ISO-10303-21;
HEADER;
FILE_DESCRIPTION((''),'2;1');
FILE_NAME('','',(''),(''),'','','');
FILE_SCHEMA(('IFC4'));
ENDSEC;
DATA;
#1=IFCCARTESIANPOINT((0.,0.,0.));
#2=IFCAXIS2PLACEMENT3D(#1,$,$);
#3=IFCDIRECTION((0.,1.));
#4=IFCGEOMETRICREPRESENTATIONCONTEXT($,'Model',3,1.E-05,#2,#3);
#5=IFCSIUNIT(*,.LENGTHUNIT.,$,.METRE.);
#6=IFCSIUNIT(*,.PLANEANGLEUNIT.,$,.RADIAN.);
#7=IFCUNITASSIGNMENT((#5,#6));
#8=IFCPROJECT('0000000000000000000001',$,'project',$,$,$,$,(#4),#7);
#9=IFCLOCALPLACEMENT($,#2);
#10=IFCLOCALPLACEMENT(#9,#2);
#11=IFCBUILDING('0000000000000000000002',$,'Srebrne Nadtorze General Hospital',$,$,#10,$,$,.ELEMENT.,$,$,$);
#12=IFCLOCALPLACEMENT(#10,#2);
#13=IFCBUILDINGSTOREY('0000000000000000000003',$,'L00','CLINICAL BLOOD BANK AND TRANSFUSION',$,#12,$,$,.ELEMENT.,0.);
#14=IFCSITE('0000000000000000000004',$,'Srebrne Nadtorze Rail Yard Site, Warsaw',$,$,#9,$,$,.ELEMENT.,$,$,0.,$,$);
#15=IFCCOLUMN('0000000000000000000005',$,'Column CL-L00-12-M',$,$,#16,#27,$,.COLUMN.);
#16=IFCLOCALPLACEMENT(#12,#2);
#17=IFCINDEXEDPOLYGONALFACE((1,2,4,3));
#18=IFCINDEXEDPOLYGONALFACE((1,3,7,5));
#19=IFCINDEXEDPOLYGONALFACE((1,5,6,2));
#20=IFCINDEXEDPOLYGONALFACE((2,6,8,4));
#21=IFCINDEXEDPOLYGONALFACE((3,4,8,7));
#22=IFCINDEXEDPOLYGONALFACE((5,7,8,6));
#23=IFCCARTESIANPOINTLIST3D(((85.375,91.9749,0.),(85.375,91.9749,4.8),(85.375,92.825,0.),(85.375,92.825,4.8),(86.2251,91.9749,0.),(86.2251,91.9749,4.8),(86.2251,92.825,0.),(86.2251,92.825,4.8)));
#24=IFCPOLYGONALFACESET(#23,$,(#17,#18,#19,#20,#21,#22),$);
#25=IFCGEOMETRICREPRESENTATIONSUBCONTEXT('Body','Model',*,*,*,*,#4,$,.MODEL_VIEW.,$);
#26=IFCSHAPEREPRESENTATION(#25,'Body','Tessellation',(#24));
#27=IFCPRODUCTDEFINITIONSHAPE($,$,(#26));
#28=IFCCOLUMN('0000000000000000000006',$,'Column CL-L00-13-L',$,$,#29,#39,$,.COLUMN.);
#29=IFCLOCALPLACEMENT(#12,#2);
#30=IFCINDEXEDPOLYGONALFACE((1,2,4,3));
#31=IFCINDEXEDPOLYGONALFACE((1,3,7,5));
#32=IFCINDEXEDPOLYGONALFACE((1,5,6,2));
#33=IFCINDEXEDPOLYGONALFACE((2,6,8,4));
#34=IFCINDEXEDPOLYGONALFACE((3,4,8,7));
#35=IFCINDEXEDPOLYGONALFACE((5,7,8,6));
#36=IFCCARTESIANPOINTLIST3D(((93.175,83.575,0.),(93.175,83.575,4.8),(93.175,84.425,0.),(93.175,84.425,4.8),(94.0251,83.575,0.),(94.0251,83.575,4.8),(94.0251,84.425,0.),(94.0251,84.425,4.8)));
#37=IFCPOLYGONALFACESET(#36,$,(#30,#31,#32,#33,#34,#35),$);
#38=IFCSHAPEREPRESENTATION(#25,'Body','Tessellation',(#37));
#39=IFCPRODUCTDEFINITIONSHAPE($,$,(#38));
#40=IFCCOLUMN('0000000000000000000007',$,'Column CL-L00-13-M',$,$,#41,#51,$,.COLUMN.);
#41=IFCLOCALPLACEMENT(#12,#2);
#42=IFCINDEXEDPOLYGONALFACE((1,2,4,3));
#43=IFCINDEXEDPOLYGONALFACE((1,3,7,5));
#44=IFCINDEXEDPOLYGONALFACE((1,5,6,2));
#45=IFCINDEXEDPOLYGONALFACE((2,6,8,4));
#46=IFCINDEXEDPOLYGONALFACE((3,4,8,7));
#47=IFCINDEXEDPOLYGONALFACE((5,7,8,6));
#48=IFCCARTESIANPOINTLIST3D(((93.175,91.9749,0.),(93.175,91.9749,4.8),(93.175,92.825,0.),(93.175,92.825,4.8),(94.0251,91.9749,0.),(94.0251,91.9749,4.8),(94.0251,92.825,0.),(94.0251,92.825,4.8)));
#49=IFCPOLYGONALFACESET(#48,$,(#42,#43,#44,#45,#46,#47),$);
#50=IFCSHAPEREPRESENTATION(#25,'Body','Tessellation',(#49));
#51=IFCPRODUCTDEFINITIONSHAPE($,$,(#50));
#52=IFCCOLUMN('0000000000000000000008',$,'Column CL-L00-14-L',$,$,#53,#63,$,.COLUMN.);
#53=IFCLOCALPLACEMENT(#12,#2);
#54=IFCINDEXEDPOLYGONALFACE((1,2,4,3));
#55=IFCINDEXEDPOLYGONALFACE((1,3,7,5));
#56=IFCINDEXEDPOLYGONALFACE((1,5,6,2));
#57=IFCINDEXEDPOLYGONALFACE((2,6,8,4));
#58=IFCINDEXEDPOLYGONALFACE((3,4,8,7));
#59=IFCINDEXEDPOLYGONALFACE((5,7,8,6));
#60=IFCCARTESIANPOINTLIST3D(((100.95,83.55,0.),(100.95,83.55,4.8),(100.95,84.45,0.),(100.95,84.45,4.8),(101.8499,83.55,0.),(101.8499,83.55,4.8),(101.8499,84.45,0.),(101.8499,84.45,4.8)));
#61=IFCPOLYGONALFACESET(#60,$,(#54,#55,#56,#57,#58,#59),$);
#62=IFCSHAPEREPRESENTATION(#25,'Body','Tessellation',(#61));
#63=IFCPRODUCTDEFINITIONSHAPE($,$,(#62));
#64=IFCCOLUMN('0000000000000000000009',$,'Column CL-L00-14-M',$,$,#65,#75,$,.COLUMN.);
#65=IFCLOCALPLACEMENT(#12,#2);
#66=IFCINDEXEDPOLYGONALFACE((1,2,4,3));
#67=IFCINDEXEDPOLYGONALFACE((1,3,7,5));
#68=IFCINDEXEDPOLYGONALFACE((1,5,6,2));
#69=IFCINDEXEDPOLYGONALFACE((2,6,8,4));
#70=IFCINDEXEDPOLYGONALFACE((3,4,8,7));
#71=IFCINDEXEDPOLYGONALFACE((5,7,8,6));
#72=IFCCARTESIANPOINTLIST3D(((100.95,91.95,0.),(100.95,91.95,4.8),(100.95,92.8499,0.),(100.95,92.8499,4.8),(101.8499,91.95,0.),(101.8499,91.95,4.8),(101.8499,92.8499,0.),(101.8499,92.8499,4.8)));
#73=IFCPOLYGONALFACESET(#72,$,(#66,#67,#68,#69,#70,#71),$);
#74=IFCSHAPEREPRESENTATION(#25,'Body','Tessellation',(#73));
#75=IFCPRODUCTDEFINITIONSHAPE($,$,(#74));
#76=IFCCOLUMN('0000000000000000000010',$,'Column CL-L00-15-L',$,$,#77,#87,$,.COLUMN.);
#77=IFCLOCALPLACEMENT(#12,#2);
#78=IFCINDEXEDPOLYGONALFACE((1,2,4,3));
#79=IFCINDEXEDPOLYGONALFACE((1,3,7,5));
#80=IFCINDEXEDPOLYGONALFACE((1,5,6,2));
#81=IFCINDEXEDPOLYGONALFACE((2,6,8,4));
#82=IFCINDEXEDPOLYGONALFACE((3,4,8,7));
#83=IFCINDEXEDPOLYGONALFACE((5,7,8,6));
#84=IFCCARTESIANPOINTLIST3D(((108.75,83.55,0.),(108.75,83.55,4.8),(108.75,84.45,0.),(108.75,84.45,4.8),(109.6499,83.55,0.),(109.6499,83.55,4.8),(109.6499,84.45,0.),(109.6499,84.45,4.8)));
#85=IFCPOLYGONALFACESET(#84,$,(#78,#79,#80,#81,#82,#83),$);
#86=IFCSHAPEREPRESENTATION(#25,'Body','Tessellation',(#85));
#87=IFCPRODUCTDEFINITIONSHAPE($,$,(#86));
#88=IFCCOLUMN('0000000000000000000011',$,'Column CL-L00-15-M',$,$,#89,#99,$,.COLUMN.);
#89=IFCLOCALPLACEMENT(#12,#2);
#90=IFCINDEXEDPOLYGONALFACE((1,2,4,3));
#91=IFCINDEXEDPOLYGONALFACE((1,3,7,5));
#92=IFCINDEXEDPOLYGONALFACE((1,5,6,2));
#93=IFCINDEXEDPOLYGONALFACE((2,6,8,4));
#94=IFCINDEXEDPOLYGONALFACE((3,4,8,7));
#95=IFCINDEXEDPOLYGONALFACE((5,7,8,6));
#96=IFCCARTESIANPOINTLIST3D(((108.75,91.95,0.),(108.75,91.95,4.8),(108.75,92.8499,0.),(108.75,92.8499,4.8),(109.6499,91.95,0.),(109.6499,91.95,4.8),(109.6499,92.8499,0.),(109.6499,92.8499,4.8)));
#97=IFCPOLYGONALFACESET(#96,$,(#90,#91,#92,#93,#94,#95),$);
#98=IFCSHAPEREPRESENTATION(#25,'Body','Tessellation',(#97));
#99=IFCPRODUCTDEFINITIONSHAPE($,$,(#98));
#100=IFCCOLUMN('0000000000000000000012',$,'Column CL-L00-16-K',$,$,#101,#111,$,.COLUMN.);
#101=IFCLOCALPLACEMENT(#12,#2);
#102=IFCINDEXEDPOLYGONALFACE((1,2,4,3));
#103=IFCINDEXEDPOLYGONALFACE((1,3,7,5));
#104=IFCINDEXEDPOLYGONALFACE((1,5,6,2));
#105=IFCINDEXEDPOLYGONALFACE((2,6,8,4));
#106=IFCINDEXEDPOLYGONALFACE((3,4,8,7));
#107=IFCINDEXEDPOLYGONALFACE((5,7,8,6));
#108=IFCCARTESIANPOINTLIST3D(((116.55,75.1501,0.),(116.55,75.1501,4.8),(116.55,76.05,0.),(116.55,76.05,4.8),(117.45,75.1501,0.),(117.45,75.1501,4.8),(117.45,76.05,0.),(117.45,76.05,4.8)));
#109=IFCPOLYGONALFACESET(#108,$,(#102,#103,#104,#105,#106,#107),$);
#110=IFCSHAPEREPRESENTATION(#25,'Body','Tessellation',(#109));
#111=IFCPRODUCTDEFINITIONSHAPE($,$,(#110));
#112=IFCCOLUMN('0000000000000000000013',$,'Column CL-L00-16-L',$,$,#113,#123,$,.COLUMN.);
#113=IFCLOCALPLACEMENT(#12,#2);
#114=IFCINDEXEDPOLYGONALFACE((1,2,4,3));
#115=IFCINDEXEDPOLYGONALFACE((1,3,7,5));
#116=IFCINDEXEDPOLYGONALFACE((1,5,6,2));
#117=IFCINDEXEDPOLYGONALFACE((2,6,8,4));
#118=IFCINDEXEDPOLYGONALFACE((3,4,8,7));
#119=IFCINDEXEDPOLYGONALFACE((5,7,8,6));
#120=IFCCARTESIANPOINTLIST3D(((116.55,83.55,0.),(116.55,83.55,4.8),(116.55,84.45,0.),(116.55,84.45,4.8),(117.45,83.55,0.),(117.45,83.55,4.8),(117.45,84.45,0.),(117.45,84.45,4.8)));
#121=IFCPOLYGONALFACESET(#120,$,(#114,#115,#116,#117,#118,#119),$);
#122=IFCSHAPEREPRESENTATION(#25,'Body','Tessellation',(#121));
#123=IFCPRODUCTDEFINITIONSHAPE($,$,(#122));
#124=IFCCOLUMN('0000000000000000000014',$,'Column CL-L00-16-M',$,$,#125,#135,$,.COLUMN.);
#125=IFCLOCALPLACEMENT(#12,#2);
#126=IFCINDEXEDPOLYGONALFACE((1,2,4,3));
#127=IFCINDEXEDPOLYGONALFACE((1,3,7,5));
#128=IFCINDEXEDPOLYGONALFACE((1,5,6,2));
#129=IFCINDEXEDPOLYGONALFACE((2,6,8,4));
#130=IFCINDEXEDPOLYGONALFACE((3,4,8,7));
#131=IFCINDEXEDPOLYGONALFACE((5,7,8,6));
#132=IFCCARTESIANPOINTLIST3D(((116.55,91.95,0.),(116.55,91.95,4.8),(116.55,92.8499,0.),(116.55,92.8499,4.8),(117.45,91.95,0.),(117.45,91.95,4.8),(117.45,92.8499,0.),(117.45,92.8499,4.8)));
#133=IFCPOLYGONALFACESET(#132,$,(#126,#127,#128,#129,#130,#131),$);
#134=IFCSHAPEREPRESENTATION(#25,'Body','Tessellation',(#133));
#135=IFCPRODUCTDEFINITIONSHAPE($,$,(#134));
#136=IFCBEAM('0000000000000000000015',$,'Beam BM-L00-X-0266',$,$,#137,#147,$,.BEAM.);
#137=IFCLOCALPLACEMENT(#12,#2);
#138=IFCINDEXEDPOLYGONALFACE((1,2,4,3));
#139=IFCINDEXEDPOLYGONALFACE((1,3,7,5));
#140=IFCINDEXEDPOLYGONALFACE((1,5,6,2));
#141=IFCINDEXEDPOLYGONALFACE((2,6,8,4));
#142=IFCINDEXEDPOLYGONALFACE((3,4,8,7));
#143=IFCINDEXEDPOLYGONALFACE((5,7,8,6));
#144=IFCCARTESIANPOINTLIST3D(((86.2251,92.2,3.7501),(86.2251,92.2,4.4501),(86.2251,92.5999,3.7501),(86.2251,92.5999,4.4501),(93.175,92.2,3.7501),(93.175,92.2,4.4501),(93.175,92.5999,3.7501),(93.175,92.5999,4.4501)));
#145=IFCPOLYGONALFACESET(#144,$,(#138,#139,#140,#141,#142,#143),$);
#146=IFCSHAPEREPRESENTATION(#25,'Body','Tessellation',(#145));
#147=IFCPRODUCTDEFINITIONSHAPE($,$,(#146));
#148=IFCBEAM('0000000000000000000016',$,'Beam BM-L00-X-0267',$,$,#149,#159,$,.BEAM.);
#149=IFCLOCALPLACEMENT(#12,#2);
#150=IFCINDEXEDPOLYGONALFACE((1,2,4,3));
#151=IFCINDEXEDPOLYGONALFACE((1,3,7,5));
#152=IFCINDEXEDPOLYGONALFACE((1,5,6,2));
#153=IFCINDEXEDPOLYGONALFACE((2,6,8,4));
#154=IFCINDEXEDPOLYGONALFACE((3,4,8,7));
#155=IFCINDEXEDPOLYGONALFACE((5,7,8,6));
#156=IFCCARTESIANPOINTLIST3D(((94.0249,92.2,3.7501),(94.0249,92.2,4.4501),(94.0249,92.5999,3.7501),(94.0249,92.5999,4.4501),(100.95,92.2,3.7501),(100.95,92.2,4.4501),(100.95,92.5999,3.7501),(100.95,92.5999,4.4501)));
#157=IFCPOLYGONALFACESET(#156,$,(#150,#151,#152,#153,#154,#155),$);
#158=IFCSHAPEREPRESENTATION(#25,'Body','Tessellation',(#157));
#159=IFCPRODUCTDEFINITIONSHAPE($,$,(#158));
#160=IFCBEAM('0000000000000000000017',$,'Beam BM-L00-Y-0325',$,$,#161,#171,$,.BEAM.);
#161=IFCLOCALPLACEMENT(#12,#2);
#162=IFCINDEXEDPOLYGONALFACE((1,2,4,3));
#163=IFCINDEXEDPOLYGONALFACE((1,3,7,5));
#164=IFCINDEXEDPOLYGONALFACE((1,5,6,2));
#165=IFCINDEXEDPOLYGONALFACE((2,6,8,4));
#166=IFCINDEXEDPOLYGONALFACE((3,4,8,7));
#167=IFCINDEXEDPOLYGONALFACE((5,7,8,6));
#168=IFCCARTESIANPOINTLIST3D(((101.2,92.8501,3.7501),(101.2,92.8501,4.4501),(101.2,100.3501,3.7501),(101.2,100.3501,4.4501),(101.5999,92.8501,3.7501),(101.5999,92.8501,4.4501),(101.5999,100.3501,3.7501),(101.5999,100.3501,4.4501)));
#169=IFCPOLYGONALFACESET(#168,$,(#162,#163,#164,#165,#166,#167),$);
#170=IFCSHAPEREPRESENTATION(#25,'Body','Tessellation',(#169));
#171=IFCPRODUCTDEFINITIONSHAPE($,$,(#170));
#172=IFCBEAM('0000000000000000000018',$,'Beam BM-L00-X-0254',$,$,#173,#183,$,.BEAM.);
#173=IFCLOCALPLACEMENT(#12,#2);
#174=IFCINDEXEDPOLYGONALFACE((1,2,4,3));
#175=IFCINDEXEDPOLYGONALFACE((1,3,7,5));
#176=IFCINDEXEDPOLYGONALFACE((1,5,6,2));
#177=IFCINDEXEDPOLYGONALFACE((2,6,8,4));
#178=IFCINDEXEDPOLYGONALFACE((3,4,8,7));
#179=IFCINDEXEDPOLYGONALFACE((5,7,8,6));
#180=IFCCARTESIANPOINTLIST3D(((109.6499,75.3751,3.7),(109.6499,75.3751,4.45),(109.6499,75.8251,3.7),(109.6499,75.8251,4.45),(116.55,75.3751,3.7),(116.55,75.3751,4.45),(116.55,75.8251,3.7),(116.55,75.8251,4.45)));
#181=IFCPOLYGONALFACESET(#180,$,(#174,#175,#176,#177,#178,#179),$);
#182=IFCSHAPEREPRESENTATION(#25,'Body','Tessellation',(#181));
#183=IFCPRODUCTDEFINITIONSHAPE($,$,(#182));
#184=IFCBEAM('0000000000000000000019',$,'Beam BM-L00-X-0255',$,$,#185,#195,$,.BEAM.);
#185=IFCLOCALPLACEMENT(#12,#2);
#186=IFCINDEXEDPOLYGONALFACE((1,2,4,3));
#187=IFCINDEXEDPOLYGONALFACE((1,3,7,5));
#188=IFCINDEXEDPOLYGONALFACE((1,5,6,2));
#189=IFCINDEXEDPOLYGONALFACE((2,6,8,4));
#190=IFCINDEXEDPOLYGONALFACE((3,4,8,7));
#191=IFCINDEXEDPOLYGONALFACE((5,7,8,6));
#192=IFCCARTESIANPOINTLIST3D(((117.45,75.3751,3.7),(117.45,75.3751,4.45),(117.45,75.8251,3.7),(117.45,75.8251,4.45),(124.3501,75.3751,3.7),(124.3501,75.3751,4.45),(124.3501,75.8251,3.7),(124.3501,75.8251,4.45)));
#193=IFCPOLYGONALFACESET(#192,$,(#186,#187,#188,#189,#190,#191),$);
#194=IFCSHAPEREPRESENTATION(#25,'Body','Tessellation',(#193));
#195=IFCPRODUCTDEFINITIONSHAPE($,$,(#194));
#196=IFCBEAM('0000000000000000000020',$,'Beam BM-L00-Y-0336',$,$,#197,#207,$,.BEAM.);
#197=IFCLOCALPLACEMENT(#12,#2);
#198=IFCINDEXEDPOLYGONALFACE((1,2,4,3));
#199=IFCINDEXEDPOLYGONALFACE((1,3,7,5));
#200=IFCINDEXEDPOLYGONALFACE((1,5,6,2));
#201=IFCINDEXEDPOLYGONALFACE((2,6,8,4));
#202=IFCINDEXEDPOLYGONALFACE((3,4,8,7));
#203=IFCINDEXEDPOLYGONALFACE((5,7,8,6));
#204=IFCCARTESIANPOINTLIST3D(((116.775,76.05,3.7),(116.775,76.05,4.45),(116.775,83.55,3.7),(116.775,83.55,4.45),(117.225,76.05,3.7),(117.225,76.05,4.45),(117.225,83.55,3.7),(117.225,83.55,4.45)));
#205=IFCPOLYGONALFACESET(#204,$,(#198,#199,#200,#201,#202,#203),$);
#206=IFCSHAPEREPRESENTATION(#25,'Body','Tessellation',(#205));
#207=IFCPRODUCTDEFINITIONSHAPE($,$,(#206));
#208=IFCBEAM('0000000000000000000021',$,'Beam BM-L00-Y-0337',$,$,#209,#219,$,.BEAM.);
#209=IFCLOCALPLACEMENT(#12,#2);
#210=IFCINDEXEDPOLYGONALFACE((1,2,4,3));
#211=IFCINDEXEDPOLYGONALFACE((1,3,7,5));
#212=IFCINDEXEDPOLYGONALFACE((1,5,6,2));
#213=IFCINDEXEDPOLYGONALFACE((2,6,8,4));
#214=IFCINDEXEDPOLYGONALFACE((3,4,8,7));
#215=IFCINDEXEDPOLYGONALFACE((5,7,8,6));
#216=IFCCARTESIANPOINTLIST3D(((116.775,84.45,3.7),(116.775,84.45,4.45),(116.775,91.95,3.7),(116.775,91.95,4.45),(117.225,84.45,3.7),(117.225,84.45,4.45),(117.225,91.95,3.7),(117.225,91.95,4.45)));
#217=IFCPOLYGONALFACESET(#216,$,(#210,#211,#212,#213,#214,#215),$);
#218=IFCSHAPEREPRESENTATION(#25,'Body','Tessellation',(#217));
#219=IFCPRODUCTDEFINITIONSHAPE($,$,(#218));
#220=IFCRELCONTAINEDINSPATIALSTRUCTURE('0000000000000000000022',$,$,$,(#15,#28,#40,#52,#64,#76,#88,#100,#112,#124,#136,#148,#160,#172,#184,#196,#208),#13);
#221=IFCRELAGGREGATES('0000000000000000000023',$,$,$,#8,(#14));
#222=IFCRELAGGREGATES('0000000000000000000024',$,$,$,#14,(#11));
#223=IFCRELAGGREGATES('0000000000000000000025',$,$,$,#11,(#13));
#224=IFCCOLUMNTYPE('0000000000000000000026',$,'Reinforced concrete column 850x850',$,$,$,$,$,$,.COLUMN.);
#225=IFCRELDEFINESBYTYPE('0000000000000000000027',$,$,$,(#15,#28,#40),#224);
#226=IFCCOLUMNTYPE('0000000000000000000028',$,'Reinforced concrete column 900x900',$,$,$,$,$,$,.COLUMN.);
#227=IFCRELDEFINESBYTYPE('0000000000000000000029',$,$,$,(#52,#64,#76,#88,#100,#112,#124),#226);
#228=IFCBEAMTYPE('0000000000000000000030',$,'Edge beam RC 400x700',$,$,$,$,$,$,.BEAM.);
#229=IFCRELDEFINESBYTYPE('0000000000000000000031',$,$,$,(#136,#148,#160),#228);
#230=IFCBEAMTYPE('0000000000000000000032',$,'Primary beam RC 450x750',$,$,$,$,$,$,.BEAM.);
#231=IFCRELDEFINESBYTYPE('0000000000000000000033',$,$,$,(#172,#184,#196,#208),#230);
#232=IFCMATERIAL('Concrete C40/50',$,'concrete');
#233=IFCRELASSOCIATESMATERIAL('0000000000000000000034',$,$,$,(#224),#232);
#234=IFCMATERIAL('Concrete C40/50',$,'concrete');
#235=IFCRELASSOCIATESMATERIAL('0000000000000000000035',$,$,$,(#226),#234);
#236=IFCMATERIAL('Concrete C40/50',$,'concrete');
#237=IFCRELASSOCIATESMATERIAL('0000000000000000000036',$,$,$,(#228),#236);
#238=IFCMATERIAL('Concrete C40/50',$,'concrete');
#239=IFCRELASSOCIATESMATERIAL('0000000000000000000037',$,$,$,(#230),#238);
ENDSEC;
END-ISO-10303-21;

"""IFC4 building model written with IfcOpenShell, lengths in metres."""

from ifc_helpers import new_model, si_unit, direction, frame, origin, origin_2d, place, context, subcontext, project, spatial, rectangle, extrude, material, material_profile, profile_set, type_object, element, save


model = new_model("IFC4")

# Units and contexts
model_context = context("Model", 3, precision=1e-05, world=origin(), true_north=direction((0.0, 1.0)))
body_context = subcontext(model_context, "Body", "Model", "MODEL_VIEW")
ifc_project = project(units=[si_unit("LENGTHUNIT", "METRE"), si_unit("PLANEANGLEUNIT", "RADIAN")], contexts=[model_context])

# Site, building, storey
site_placement = place(None, origin())
site = spatial("IfcSite", under=ifc_project, at=site_placement, Name="Srebrne Nadtorze Rail Yard Site, Warsaw", CompositionType="ELEMENT", RefElevation=0.0)
building_placement = place(site_placement, origin())
building = spatial("IfcBuilding", under=site, at=building_placement, Name="Srebrne Nadtorze General Hospital", CompositionType="ELEMENT")
storey_placement = place(building_placement, origin())
storey = spatial("IfcBuildingStorey", under=building, at=storey_placement, Name="L00", Description="CLINICAL BLOOD BANK AND TRANSFUSION", CompositionType="ELEMENT", Elevation=0.0)

# Columns
ifc_material_1 = material(Name="Concrete C40/50", Category="concrete")
ifc_material_profile_1 = material_profile(ifc_material_1, rectangle(XDim=0.8501, YDim=0.8501, at=origin_2d()), Name="RC-COL-850x850")
ifc_profile_set_1 = profile_set([ifc_material_profile_1], Name="Concrete C40/50")
column_type_1 = type_object("IfcColumnType", Name="Reinforced concrete column 850x850", PredefinedType="COLUMN", material=ifc_profile_set_1)
for number, where, z_axis, x_axis, name in (
    (1, (85.8, 92.3999, 0.0), (0.0, 0.0, 1.0), (1.0, 0.0, 0.0), "Column CL-L00-12-M"),
    (2, (93.6001, 84.0, 0.0), (0.0, 0.0, 1.0), (1.0, 0.0, 0.0), "Column CL-L00-13-L"),
    (3, (93.6001, 92.3999, 0.0), (0.0, 0.0, 1.0), (1.0, 0.0, 0.0), "Column CL-L00-13-M"),
):
    element("IfcColumn", number, at=place(storey_placement, frame(where, z_axis=z_axis, x_axis=x_axis)), inside=storey, type_object=column_type_1, Name=name, PredefinedType="COLUMN", context=body_context, shape_type="SweptSolid", body=[
        extrude(rectangle(XDim=0.8501, YDim=0.8501, at=origin_2d()), origin(), (0.0, 0.0, 1.0), 4.8),
    ])
ifc_material_2 = material(Name="Concrete C40/50", Category="concrete")
ifc_material_profile_2 = material_profile(ifc_material_2, rectangle(XDim=0.8999, YDim=0.8999, at=origin_2d()), Name="RC-COL-900x900")
ifc_profile_set_2 = profile_set([ifc_material_profile_2], Name="Concrete C40/50")
column_type_2 = type_object("IfcColumnType", Name="Reinforced concrete column 900x900", PredefinedType="COLUMN", material=ifc_profile_set_2)
for number, where, z_axis, x_axis, name in (
    (4, (101.3999, 84.0, 0.0), (0.0, 0.0, 1.0), (1.0, 0.0, 0.0), "Column CL-L00-14-L"),
    (5, (101.3999, 92.3999, 0.0), (0.0, 0.0, 1.0), (1.0, 0.0, 0.0), "Column CL-L00-14-M"),
    (6, (109.2, 84.0, 0.0), (0.0, 0.0, 1.0), (1.0, 0.0, 0.0), "Column CL-L00-15-L"),
    (7, (109.2, 92.3999, 0.0), (0.0, 0.0, 1.0), (1.0, 0.0, 0.0), "Column CL-L00-15-M"),
    (8, (117.0, 75.6001, 0.0), (0.0, 0.0, 1.0), (1.0, 0.0, 0.0), "Column CL-L00-16-K"),
    (9, (117.0, 84.0, 0.0), (0.0, 0.0, 1.0), (1.0, 0.0, 0.0), "Column CL-L00-16-L"),
    (10, (117.0, 92.3999, 0.0), (0.0, 0.0, 1.0), (1.0, 0.0, 0.0), "Column CL-L00-16-M"),
):
    element("IfcColumn", number, at=place(storey_placement, frame(where, z_axis=z_axis, x_axis=x_axis)), inside=storey, type_object=column_type_2, Name=name, PredefinedType="COLUMN", context=body_context, shape_type="SweptSolid", body=[
        extrude(rectangle(XDim=0.8999, YDim=0.8999, at=origin_2d()), origin(), (0.0, 0.0, 1.0), 4.8),
    ])

# Beams
ifc_material_3 = material(Name="Concrete C40/50", Category="concrete")
ifc_material_profile_3 = material_profile(ifc_material_3, rectangle(XDim=0.3999, YDim=0.7, at=origin_2d()), Name="RC-BM-400x700")
ifc_profile_set_3 = profile_set([ifc_material_profile_3], Name="Concrete C40/50")
beam_type_1 = type_object("IfcBeamType", Name="Edge beam RC 400x700", PredefinedType="BEAM", material=ifc_profile_set_3)
beam_1_placement = place(storey_placement, frame((86.2251, 92.3999, 4.1001), z_axis=(1.0, 0.0, 0.0), x_axis=(0.0, 1.0, 0.0)))
element("IfcBeam", 11, at=beam_1_placement, inside=storey, type_object=beam_type_1, Name="Beam BM-L00-X-0266", PredefinedType="BEAM", context=body_context, shape_type="SweptSolid", body=[
    extrude(rectangle(XDim=0.3999, YDim=0.7, at=origin_2d()), origin(), (0.0, 0.0, 1.0), 6.95),
])
beam_2_placement = place(storey_placement, frame((94.0249, 92.3999, 4.1001), z_axis=(1.0, 0.0, 0.0), x_axis=(0.0, 1.0, 0.0)))
element("IfcBeam", 12, at=beam_2_placement, inside=storey, type_object=beam_type_1, Name="Beam BM-L00-X-0267", PredefinedType="BEAM", context=body_context, shape_type="SweptSolid", body=[
    extrude(rectangle(XDim=0.3999, YDim=0.7, at=origin_2d()), origin(), (0.0, 0.0, 1.0), 6.925),
])
beam_3_placement = place(storey_placement, frame((101.3999, 92.8501, 4.1001), z_axis=(0.0, 1.0, 0.0), x_axis=(-1.0, 0.0, 0.0)))
element("IfcBeam", 13, at=beam_3_placement, inside=storey, type_object=beam_type_1, Name="Beam BM-L00-Y-0325", PredefinedType="BEAM", context=body_context, shape_type="SweptSolid", body=[
    extrude(rectangle(XDim=0.3999, YDim=0.7, at=origin_2d()), origin(), (0.0, 0.0, 1.0), 7.5),
])
ifc_material_4 = material(Name="Concrete C40/50", Category="concrete")
ifc_material_profile_4 = material_profile(ifc_material_4, rectangle(XDim=0.45, YDim=0.75, at=origin_2d()), Name="RC-BM-450x750")
ifc_profile_set_4 = profile_set([ifc_material_profile_4], Name="Concrete C40/50")
beam_type_2 = type_object("IfcBeamType", Name="Primary beam RC 450x750", PredefinedType="BEAM", material=ifc_profile_set_4)
for number, where, z_axis, x_axis, name in (
    (14, (109.6499, 75.6001, 4.075), (1.0, 0.0, 0.0), (0.0, 1.0, 0.0), "Beam BM-L00-X-0254"),
    (15, (117.45, 75.6001, 4.075), (1.0, 0.0, 0.0), (0.0, 1.0, 0.0), "Beam BM-L00-X-0255"),
):
    element("IfcBeam", number, at=place(storey_placement, frame(where, z_axis=z_axis, x_axis=x_axis)), inside=storey, type_object=beam_type_2, Name=name, PredefinedType="BEAM", context=body_context, shape_type="SweptSolid", body=[
        extrude(rectangle(XDim=0.45, YDim=0.75, at=origin_2d()), origin(), (0.0, 0.0, 1.0), 6.9001),
    ])
for number, where, z_axis, x_axis, name in (
    (16, (117.0, 76.05, 4.075), (0.0, 1.0, 0.0), (-1.0, 0.0, 0.0), "Beam BM-L00-Y-0336"),
    (17, (117.0, 84.45, 4.075), (0.0, 1.0, 0.0), (-1.0, 0.0, 0.0), "Beam BM-L00-Y-0337"),
):
    element("IfcBeam", number, at=place(storey_placement, frame(where, z_axis=z_axis, x_axis=x_axis)), inside=storey, type_object=beam_type_2, Name=name, PredefinedType="BEAM", context=body_context, shape_type="SweptSolid", body=[
        extrude(rectangle(XDim=0.45, YDim=0.75, at=origin_2d()), origin(), (0.0, 0.0, 1.0), 7.5),
    ])

save(model, "model.ifc")
